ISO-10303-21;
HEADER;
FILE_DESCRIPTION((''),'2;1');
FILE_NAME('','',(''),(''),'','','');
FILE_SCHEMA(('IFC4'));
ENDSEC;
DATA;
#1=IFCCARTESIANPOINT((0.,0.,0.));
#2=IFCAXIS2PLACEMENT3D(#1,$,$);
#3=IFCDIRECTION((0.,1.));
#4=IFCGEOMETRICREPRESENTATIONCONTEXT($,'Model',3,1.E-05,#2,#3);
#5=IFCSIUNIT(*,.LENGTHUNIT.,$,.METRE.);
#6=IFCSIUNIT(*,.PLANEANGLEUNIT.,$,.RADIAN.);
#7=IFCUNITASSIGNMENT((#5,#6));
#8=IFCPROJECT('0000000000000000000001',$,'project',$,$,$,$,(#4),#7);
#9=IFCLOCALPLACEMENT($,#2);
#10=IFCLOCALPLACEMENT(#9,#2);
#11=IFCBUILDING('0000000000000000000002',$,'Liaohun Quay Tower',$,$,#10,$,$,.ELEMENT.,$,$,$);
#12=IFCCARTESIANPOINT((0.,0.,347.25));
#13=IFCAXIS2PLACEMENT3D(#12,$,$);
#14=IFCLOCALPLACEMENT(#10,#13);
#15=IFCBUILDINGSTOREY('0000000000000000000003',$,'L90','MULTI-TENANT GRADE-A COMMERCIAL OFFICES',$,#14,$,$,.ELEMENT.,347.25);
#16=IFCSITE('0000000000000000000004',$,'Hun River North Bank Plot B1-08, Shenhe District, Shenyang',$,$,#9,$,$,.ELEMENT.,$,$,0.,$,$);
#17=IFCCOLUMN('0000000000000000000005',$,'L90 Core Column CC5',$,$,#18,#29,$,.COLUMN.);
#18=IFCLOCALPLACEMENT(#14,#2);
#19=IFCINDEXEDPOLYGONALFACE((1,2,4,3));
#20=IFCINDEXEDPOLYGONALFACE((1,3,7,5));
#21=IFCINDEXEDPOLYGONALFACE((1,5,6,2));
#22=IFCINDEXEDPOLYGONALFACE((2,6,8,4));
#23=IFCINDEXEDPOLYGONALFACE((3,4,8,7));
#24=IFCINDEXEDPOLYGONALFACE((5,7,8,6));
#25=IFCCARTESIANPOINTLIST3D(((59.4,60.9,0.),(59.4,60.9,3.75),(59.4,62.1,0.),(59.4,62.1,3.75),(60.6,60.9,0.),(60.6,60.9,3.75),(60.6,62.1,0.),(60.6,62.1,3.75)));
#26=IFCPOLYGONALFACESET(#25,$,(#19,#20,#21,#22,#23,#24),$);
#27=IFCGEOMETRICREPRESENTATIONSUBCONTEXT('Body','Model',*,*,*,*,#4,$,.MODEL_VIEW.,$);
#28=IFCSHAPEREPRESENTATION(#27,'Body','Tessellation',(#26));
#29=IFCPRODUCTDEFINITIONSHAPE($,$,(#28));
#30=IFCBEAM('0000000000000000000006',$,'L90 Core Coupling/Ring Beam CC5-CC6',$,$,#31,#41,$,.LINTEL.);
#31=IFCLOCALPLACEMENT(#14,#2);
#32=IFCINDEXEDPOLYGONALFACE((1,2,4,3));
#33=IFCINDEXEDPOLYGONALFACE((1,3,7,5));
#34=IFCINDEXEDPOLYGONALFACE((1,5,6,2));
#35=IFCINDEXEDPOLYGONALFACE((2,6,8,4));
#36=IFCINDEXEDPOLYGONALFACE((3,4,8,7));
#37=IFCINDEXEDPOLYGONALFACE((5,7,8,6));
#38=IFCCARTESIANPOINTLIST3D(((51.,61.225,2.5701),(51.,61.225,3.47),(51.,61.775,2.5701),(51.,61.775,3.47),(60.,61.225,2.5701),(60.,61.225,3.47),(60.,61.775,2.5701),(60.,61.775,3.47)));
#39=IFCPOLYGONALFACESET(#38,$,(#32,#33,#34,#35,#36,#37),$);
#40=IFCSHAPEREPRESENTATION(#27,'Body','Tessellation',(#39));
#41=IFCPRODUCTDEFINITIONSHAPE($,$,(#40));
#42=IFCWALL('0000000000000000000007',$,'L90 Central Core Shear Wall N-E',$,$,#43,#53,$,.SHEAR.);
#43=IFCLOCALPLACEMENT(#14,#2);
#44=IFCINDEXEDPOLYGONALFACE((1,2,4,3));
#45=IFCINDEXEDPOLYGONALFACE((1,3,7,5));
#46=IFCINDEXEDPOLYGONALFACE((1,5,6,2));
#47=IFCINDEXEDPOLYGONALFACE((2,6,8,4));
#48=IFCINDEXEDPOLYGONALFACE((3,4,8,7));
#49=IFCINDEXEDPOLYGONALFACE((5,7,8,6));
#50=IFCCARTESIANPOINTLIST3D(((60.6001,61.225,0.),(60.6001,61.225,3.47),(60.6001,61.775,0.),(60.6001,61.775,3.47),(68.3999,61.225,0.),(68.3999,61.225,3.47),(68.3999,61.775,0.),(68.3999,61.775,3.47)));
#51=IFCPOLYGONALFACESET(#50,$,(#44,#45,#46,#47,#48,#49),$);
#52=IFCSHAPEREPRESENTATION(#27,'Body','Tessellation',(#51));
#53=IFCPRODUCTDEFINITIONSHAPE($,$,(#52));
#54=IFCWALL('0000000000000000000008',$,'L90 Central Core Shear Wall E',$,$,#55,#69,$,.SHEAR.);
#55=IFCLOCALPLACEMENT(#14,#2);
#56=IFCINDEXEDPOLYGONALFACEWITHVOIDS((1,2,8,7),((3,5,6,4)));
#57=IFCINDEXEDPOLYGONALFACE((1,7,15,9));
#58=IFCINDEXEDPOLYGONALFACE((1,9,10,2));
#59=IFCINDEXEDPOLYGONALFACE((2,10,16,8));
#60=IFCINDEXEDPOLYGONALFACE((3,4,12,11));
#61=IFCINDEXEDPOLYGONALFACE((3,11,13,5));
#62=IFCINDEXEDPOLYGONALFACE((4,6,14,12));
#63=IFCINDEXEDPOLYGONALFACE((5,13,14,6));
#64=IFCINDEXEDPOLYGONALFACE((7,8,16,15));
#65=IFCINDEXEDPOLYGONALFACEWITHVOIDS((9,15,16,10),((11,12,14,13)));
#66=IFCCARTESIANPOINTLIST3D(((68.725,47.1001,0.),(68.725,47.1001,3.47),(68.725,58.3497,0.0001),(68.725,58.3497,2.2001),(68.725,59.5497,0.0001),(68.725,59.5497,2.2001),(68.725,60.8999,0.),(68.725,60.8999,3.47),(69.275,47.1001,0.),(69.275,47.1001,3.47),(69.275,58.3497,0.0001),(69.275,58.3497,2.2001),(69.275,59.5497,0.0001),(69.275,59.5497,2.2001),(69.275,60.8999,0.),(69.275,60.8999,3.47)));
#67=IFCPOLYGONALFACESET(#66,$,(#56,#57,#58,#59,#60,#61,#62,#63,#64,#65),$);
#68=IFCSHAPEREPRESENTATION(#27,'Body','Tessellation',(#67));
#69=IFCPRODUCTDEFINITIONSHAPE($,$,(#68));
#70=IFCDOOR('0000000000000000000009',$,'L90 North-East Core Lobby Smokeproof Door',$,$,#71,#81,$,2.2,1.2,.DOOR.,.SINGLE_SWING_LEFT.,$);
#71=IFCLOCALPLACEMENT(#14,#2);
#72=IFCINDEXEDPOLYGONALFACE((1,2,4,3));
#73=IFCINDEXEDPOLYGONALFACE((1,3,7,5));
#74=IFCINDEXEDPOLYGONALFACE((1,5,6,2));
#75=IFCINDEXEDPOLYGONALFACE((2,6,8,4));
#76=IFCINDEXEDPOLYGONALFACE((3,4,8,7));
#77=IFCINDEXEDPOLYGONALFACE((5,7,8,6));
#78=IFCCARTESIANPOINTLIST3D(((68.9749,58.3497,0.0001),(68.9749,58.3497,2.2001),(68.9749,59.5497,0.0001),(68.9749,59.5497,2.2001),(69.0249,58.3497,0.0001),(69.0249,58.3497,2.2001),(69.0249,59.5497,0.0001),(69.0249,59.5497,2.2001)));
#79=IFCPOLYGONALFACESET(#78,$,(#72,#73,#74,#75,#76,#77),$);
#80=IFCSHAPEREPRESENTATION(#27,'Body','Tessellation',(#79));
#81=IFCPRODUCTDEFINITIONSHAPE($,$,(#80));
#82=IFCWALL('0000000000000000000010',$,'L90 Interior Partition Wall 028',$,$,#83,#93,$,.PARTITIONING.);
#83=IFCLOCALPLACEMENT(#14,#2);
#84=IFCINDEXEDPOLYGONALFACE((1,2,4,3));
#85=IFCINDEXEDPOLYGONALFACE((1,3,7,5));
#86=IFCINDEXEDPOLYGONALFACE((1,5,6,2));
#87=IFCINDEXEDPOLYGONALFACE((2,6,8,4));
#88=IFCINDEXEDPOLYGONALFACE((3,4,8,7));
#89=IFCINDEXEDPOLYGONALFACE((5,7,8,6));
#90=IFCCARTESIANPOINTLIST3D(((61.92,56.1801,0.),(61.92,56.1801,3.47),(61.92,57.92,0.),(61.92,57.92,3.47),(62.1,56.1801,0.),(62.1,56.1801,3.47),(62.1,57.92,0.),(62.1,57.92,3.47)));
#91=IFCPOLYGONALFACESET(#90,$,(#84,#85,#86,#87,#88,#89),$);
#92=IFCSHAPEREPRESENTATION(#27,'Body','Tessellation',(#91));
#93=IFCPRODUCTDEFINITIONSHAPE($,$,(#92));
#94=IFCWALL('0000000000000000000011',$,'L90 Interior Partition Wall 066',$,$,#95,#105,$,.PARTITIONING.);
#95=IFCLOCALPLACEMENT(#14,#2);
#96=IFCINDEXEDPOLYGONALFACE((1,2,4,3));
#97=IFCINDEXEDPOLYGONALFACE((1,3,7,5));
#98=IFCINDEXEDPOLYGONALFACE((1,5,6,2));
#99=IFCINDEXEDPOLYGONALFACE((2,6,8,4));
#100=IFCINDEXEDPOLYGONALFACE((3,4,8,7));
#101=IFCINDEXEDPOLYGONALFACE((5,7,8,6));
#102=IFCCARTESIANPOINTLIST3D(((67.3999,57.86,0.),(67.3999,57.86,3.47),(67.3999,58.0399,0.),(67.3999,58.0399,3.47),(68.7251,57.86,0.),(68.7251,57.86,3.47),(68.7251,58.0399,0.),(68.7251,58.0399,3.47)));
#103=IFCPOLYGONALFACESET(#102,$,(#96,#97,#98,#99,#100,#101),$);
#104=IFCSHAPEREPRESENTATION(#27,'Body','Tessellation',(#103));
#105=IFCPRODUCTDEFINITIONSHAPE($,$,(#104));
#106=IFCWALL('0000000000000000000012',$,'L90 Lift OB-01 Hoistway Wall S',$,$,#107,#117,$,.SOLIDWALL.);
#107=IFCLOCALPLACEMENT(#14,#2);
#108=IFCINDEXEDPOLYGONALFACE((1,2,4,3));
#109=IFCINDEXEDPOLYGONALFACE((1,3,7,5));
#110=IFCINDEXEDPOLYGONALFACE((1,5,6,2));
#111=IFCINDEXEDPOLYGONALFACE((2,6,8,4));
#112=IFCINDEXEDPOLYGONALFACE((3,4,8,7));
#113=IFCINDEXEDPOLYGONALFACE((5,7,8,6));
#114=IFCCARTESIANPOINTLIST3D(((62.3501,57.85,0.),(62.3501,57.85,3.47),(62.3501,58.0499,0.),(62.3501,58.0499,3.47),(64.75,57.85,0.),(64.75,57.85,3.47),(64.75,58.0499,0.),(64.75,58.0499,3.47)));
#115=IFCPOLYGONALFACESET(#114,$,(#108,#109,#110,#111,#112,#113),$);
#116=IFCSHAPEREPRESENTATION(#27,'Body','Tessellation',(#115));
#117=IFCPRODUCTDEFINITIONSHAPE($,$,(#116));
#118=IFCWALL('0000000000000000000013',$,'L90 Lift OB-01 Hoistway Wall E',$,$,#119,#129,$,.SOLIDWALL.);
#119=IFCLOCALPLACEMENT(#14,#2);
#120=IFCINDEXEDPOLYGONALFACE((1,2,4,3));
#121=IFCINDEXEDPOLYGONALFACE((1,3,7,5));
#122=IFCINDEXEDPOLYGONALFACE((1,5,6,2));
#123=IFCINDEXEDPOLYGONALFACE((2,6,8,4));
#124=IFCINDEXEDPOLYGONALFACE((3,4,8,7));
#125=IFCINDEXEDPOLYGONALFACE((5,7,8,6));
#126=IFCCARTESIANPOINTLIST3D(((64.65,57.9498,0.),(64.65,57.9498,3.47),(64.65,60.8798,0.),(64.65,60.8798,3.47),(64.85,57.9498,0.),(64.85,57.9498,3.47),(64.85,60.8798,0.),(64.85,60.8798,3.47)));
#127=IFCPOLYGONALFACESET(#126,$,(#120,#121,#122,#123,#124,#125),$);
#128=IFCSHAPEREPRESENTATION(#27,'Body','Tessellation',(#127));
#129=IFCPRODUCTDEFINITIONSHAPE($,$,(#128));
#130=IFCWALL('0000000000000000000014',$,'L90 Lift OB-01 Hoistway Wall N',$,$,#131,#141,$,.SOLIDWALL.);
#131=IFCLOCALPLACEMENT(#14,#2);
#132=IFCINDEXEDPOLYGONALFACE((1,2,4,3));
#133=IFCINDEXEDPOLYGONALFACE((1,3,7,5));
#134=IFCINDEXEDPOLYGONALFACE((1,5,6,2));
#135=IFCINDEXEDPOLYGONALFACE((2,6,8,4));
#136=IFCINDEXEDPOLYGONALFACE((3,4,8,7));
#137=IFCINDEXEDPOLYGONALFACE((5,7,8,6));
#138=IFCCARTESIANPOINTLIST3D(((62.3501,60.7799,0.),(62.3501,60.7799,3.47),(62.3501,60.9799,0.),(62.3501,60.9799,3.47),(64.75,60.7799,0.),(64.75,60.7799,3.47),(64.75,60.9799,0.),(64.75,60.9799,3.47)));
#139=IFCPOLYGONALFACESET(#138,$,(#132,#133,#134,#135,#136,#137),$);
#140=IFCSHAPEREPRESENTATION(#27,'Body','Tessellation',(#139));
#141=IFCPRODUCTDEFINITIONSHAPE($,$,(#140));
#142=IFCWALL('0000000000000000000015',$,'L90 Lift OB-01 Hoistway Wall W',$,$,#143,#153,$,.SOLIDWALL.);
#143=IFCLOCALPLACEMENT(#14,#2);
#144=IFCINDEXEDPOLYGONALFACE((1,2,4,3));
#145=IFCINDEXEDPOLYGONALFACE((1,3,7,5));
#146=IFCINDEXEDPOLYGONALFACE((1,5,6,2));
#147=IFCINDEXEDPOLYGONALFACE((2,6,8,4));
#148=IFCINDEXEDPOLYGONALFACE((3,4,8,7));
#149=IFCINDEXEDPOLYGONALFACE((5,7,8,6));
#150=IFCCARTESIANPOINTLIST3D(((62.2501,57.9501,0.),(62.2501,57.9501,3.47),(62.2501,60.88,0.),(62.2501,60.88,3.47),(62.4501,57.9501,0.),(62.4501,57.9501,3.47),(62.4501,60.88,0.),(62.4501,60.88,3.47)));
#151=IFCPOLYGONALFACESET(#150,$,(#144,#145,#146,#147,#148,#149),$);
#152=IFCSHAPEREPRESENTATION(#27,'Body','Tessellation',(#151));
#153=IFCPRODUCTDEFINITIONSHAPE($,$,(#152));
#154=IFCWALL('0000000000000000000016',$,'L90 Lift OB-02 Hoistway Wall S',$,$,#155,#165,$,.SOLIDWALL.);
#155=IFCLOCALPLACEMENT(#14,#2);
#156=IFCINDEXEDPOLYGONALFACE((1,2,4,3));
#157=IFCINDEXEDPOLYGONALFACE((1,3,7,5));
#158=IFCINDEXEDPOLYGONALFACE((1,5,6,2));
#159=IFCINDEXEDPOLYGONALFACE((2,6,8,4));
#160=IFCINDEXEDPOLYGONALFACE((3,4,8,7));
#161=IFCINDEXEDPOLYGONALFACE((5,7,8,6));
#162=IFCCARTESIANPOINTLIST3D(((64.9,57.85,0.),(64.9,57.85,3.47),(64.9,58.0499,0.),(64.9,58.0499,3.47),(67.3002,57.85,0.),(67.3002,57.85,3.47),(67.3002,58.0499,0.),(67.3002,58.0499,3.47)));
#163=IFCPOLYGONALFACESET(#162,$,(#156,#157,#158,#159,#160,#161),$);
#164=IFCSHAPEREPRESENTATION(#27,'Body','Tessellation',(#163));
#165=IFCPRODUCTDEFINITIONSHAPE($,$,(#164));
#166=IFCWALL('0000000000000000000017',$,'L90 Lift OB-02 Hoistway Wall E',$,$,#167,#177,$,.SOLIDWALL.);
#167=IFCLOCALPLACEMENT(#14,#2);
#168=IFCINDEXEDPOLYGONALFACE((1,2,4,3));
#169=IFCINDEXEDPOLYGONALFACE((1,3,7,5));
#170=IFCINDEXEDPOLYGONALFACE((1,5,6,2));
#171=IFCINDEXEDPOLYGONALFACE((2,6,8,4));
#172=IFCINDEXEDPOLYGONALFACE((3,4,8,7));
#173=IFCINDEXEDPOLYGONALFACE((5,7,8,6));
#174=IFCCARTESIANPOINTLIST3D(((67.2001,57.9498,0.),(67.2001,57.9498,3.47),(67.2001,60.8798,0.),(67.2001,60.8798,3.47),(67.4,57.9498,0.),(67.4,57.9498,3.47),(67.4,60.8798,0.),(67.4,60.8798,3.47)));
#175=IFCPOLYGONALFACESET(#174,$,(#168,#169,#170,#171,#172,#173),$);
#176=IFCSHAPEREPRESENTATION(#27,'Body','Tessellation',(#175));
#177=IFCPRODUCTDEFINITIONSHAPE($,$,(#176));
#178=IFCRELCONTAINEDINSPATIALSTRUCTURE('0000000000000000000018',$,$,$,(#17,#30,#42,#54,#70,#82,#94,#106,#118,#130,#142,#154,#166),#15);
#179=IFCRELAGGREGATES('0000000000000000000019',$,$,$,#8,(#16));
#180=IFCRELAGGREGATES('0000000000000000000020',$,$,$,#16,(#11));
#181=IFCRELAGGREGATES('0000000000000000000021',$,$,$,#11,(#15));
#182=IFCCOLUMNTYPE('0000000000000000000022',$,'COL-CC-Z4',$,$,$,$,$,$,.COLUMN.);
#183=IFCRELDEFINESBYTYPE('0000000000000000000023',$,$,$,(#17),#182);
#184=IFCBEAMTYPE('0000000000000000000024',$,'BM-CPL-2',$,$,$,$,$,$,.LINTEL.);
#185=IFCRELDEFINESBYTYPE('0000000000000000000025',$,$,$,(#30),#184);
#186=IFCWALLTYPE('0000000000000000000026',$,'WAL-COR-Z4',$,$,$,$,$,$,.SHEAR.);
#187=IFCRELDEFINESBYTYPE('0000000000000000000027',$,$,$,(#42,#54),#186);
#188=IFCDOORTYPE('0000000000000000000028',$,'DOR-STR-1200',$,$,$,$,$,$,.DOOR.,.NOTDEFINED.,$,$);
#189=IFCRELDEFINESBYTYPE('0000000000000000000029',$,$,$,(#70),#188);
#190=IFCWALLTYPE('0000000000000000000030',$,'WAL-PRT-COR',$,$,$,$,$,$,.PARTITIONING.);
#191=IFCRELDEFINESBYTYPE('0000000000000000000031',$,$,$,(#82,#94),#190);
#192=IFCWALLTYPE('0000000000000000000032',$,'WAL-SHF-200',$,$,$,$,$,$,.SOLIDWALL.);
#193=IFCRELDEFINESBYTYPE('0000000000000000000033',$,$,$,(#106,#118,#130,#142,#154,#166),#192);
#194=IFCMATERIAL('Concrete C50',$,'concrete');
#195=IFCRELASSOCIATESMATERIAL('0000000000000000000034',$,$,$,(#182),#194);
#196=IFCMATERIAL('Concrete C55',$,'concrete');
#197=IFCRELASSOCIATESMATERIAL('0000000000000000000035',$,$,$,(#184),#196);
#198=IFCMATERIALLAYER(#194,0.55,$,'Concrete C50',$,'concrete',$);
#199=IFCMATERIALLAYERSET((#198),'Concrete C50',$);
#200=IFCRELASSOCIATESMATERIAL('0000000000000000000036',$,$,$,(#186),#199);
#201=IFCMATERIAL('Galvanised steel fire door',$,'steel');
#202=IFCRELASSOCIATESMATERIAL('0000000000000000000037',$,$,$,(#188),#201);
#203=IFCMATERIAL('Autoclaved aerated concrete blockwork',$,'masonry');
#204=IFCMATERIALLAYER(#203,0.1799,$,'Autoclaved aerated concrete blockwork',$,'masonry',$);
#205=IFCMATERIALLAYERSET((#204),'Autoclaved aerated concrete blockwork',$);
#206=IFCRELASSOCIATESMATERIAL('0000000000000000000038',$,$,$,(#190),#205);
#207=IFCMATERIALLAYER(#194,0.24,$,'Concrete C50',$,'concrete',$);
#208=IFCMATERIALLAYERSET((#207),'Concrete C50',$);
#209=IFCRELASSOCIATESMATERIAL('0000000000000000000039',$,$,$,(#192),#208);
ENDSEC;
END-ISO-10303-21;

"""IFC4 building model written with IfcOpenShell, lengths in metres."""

from ifc_helpers import new_model, si_unit, direction, frame, frame_2d, origin, origin_2d, place, context, subcontext, project, spatial, rectangle, extrude, source, transform, mapped, material, layer, layer_set, material_profile, profile_set, type_object, element, fill, save


model = new_model("IFC4")

# Units and contexts
model_context = context("Model", 3, precision=1e-05, world=origin(), true_north=direction((0.0, 1.0)))
body_context = subcontext(model_context, "Body", "Model", "MODEL_VIEW")
ifc_project = project(units=[si_unit("LENGTHUNIT", "METRE"), si_unit("PLANEANGLEUNIT", "RADIAN")], contexts=[model_context])

# Site, building, storey
site_placement = place(None, origin())
site = spatial("IfcSite", under=ifc_project, at=site_placement, Name="Hun River North Bank Plot B1-08, Shenhe District, Shenyang", CompositionType="ELEMENT", RefElevation=0.0)
building_placement = place(site_placement, origin())
building = spatial("IfcBuilding", under=site, at=building_placement, Name="Liaohun Quay Tower", CompositionType="ELEMENT")
storey_placement = place(building_placement, frame((0.0, 0.0, 347.25)))
storey = spatial("IfcBuildingStorey", under=building, at=storey_placement, Name="L90", Description="MULTI-TENANT GRADE-A COMMERCIAL OFFICES", CompositionType="ELEMENT", Elevation=347.25)

# Column
ifc_material_1 = material(Name="Concrete C50", Category="concrete")
ifc_material_profile_1 = material_profile(ifc_material_1, rectangle(XDim=1.2, YDim=1.2, at=origin_2d()), Name="RC1200x1200")
ifc_profile_set_1 = profile_set([ifc_material_profile_1], Name="Concrete C50")
column_type = type_object("IfcColumnType", Name="COL-CC-Z4", PredefinedType="COLUMN", material=ifc_profile_set_1)
shared_shape_1 = source(origin(), body_context, "Body", "SweptSolid", [
    extrude(rectangle(XDim=1.2, YDim=1.2, at=origin_2d()), origin(), (0.0, 0.0, 1.0), 3.75),
])
column_placement = place(storey_placement, frame((60.0, 61.5, 0.0), z_axis=(0.0, 0.0, 1.0), x_axis=(1.0, 0.0, 0.0)))
element("IfcColumn", 1, at=column_placement, inside=storey, type_object=column_type, Name="L90 Core Column CC5", PredefinedType="COLUMN", context=body_context, shape_type="MappedRepresentation", body=[
    mapped(shared_shape_1, transform((0.0, 0.0, 0.0), x_axis=(1.0, 0.0, 0.0), y_axis=(0.0, 1.0, 0.0), z_axis=(0.0, 0.0, 1.0), scale=1.0)),
])

# Beam
ifc_material_2 = material(Name="Concrete C55", Category="concrete")
ifc_material_profile_2 = material_profile(ifc_material_2, rectangle(XDim=0.55, YDim=0.8999, at=origin_2d()), Name="RC550x900")
ifc_profile_set_2 = profile_set([ifc_material_profile_2], Name="Concrete C55")
beam_type = type_object("IfcBeamType", Name="BM-CPL-2", PredefinedType="LINTEL", material=ifc_profile_set_2)
shared_shape_2 = source(origin(), body_context, "Body", "SweptSolid", [
    extrude(rectangle(XDim=0.55, YDim=0.8999, at=origin_2d()), origin(), (0.0, 0.0, 1.0), 9.0),
])
beam_placement = place(storey_placement, frame((60.0, 61.5, 3.02), z_axis=(-1.0, 0.0, 0.0), x_axis=(0.0, -1.0, 0.0)))
element("IfcBeam", 2, at=beam_placement, inside=storey, type_object=beam_type, Name="L90 Core Coupling/Ring Beam CC5-CC6", PredefinedType="LINTEL", context=body_context, shape_type="MappedRepresentation", body=[
    mapped(shared_shape_2, transform((0.0, 0.0, 0.0), x_axis=(1.0, 0.0, 0.0), y_axis=(0.0, 1.0, 0.0), z_axis=(0.0, 0.0, 1.0), scale=1.0)),
])

# Wall
ifc_layer_1 = layer(ifc_material_1, 0.55, Name="Concrete C50", Category="concrete")
ifc_layer_set_1 = layer_set([ifc_layer_1], Name="Concrete C50")
wall_type_1 = type_object("IfcWallType", Name="WAL-COR-Z4", PredefinedType="SHEAR", material=ifc_layer_set_1)
wall_1_placement = place(storey_placement, frame((60.6001, 61.5, 0.0), z_axis=(0.0, 0.0, 1.0), x_axis=(1.0, 0.0, 0.0)))
element("IfcWall", 3, at=wall_1_placement, inside=storey, type_object=wall_type_1, Name="L90 Central Core Shear Wall N-E", PredefinedType="SHEAR", context=body_context, shape_type="SweptSolid", body=[
    extrude(rectangle(XDim=7.7998, YDim=0.55, at=frame_2d((3.8999, 0.0))), origin(), (0.0, 0.0, 1.0), 3.47),
])

# Wall, opening, door
wall_2_placement = place(storey_placement, frame((69.0, 60.8999, 0.0), z_axis=(0.0, 0.0, 1.0), x_axis=(0.0, -1.0, 0.0)))
wall_2 = element("IfcWall", 4, at=wall_2_placement, inside=storey, type_object=wall_type_1, Name="L90 Central Core Shear Wall E", PredefinedType="SHEAR", context=body_context, shape_type="SweptSolid", body=[
    extrude(rectangle(XDim=13.7998, YDim=0.55, at=frame_2d((6.8999, 0.0))), origin(), (0.0, 0.0, 1.0), 3.47),
])
shared_shape_3 = source(origin(), body_context, "Body", "SweptSolid", [
    extrude(rectangle(XDim=1.2, YDim=2.2, at=frame_2d((0.6001, 1.1001))), frame((0.0, 0.2849, 0.0), z_axis=(0.0, -1.0, 0.0), x_axis=(1.0, 0.0, 0.0)), (0.0, 0.0, 1.0), 0.5701),
])
opening_placement = place(wall_2_placement, frame((1.3501, 0.0, 0.0)))
opening = element("IfcOpeningElement", 5, at=opening_placement, cuts=wall_2, PredefinedType="OPENING", context=body_context, shape_type="MappedRepresentation", body=[
    mapped(shared_shape_3, transform((0.0, 0.0, 0.0), x_axis=(1.0, 0.0, 0.0), y_axis=(0.0, 1.0, 0.0), z_axis=(0.0, 0.0, 1.0), scale=1.0)),
])
ifc_material_3 = material(Name="Galvanised steel fire door", Category="steel")
door_type = type_object("IfcDoorType", Name="DOR-STR-1200", OperationType="NOTDEFINED", PredefinedType="DOOR", material=ifc_material_3)
shared_shape_4 = source(origin(), body_context, "Body", "SweptSolid", [
    extrude(rectangle(XDim=1.2, YDim=2.2, at=frame_2d((0.6001, 1.1001))), frame((0.0, 0.0249, 0.0), z_axis=(0.0, -1.0, 0.0), x_axis=(1.0, 0.0, 0.0)), (0.0, 0.0, 1.0), 0.05),
])
door_placement = place(opening_placement, origin())
door = element("IfcDoor", 6, at=door_placement, inside=storey, type_object=door_type, Name="L90 North-East Core Lobby Smokeproof Door", OperationType="SINGLE_SWING_LEFT", OverallHeight=2.2, OverallWidth=1.2, PredefinedType="DOOR", context=body_context, shape_type="MappedRepresentation", body=[
    mapped(shared_shape_4, transform((0.0, 0.0, 0.0), x_axis=(1.0, 0.0, 0.0), y_axis=(0.0, 1.0, 0.0), z_axis=(0.0, 0.0, 1.0), scale=1.0)),
])
fill(opening, door)

# Walls
ifc_material_4 = material(Name="Autoclaved aerated concrete blockwork", Category="masonry")
ifc_layer_2 = layer(ifc_material_4, 0.1799, Name="Autoclaved aerated concrete blockwork", Category="masonry")
ifc_layer_set_2 = layer_set([ifc_layer_2], Name="Autoclaved aerated concrete blockwork")
wall_type_2 = type_object("IfcWallType", Name="WAL-PRT-COR", PredefinedType="PARTITIONING", material=ifc_layer_set_2)
wall_3_placement = place(storey_placement, frame((62.01, 56.1799, 0.0), z_axis=(0.0, 0.0, 1.0), x_axis=(0.0, 1.0, 0.0)))
element("IfcWall", 7, at=wall_3_placement, inside=storey, type_object=wall_type_2, Name="L90 Interior Partition Wall 028", PredefinedType="PARTITIONING", context=body_context, shape_type="SweptSolid", body=[
    extrude(rectangle(XDim=1.74, YDim=0.1799, at=frame_2d((0.8701, 0.0))), origin(), (0.0, 0.0, 1.0), 3.47),
])
wall_4_placement = place(storey_placement, frame((67.3999, 57.95, 0.0), z_axis=(0.0, 0.0, 1.0), x_axis=(1.0, 0.0, 0.0)))
element("IfcWall", 8, at=wall_4_placement, inside=storey, type_object=wall_type_2, Name="L90 Interior Partition Wall 066", PredefinedType="PARTITIONING", context=body_context, shape_type="SweptSolid", body=[
    extrude(rectangle(XDim=1.3252, YDim=0.1799, at=frame_2d((0.6626, 0.0))), origin(), (0.0, 0.0, 1.0), 3.47),
])
ifc_layer_3 = layer(ifc_material_1, 0.24, Name="Concrete C50", Category="concrete")
ifc_layer_set_3 = layer_set([ifc_layer_3], Name="Concrete C50")
wall_type_3 = type_object("IfcWallType", Name="WAL-SHF-200", PredefinedType="SOLIDWALL", material=ifc_layer_set_3)
wall_5_placement = place(storey_placement, frame((62.3501, 57.95, 0.0), z_axis=(0.0, 0.0, 1.0), x_axis=(1.0, 0.0, 0.0)))
element("IfcWall", 9, at=wall_5_placement, inside=storey, type_object=wall_type_3, Name="L90 Lift OB-01 Hoistway Wall S", PredefinedType="SOLIDWALL", context=body_context, shape_type="SweptSolid", body=[
    extrude(rectangle(XDim=2.3999, YDim=0.2, at=frame_2d((1.2, 0.0))), origin(), (0.0, 0.0, 1.0), 3.47),
])
wall_6_placement = place(storey_placement, frame((64.75, 57.95, 0.0), z_axis=(0.0, 0.0, 1.0), x_axis=(0.0, 1.0, 0.0)))
element("IfcWall", 10, at=wall_6_placement, inside=storey, type_object=wall_type_3, Name="L90 Lift OB-01 Hoistway Wall E", PredefinedType="SOLIDWALL", context=body_context, shape_type="SweptSolid", body=[
    extrude(rectangle(XDim=2.9299, YDim=0.2, at=frame_2d((1.4648, 0.0))), origin(), (0.0, 0.0, 1.0), 3.47),
])
wall_7_placement = place(storey_placement, frame((64.75, 60.8799, 0.0), z_axis=(0.0, 0.0, 1.0), x_axis=(-1.0, 0.0, 0.0)))
element("IfcWall", 11, at=wall_7_placement, inside=storey, type_object=wall_type_3, Name="L90 Lift OB-01 Hoistway Wall N", PredefinedType="SOLIDWALL", context=body_context, shape_type="SweptSolid", body=[
    extrude(rectangle(XDim=2.3999, YDim=0.2, at=frame_2d((1.2, 0.0))), origin(), (0.0, 0.0, 1.0), 3.47),
])
wall_8_placement = place(storey_placement, frame((62.3501, 60.8799, 0.0), z_axis=(0.0, 0.0, 1.0), x_axis=(0.0, -1.0, 0.0)))
element("IfcWall", 12, at=wall_8_placement, inside=storey, type_object=wall_type_3, Name="L90 Lift OB-01 Hoistway Wall W", PredefinedType="SOLIDWALL", context=body_context, shape_type="SweptSolid", body=[
    extrude(rectangle(XDim=2.9299, YDim=0.2, at=frame_2d((1.4648, 0.0))), origin(), (0.0, 0.0, 1.0), 3.47),
])
wall_9_placement = place(storey_placement, frame((64.8999, 57.95, 0.0), z_axis=(0.0, 0.0, 1.0), x_axis=(1.0, 0.0, 0.0)))
element("IfcWall", 13, at=wall_9_placement, inside=storey, type_object=wall_type_3, Name="L90 Lift OB-02 Hoistway Wall S", PredefinedType="SOLIDWALL", context=body_context, shape_type="SweptSolid", body=[
    extrude(rectangle(XDim=2.4001, YDim=0.2, at=frame_2d((1.2002, 0.0))), origin(), (0.0, 0.0, 1.0), 3.47),
])
wall_10_placement = place(storey_placement, frame((67.3, 57.95, 0.0), z_axis=(0.0, 0.0, 1.0), x_axis=(0.0, 1.0, 0.0)))
element("IfcWall", 14, at=wall_10_placement, inside=storey, type_object=wall_type_3, Name="L90 Lift OB-02 Hoistway Wall E", PredefinedType="SOLIDWALL", context=body_context, shape_type="SweptSolid", body=[
    extrude(rectangle(XDim=2.9299, YDim=0.2, at=frame_2d((1.4648, 0.0))), origin(), (0.0, 0.0, 1.0), 3.47),
])

save(model, "model.ifc")
